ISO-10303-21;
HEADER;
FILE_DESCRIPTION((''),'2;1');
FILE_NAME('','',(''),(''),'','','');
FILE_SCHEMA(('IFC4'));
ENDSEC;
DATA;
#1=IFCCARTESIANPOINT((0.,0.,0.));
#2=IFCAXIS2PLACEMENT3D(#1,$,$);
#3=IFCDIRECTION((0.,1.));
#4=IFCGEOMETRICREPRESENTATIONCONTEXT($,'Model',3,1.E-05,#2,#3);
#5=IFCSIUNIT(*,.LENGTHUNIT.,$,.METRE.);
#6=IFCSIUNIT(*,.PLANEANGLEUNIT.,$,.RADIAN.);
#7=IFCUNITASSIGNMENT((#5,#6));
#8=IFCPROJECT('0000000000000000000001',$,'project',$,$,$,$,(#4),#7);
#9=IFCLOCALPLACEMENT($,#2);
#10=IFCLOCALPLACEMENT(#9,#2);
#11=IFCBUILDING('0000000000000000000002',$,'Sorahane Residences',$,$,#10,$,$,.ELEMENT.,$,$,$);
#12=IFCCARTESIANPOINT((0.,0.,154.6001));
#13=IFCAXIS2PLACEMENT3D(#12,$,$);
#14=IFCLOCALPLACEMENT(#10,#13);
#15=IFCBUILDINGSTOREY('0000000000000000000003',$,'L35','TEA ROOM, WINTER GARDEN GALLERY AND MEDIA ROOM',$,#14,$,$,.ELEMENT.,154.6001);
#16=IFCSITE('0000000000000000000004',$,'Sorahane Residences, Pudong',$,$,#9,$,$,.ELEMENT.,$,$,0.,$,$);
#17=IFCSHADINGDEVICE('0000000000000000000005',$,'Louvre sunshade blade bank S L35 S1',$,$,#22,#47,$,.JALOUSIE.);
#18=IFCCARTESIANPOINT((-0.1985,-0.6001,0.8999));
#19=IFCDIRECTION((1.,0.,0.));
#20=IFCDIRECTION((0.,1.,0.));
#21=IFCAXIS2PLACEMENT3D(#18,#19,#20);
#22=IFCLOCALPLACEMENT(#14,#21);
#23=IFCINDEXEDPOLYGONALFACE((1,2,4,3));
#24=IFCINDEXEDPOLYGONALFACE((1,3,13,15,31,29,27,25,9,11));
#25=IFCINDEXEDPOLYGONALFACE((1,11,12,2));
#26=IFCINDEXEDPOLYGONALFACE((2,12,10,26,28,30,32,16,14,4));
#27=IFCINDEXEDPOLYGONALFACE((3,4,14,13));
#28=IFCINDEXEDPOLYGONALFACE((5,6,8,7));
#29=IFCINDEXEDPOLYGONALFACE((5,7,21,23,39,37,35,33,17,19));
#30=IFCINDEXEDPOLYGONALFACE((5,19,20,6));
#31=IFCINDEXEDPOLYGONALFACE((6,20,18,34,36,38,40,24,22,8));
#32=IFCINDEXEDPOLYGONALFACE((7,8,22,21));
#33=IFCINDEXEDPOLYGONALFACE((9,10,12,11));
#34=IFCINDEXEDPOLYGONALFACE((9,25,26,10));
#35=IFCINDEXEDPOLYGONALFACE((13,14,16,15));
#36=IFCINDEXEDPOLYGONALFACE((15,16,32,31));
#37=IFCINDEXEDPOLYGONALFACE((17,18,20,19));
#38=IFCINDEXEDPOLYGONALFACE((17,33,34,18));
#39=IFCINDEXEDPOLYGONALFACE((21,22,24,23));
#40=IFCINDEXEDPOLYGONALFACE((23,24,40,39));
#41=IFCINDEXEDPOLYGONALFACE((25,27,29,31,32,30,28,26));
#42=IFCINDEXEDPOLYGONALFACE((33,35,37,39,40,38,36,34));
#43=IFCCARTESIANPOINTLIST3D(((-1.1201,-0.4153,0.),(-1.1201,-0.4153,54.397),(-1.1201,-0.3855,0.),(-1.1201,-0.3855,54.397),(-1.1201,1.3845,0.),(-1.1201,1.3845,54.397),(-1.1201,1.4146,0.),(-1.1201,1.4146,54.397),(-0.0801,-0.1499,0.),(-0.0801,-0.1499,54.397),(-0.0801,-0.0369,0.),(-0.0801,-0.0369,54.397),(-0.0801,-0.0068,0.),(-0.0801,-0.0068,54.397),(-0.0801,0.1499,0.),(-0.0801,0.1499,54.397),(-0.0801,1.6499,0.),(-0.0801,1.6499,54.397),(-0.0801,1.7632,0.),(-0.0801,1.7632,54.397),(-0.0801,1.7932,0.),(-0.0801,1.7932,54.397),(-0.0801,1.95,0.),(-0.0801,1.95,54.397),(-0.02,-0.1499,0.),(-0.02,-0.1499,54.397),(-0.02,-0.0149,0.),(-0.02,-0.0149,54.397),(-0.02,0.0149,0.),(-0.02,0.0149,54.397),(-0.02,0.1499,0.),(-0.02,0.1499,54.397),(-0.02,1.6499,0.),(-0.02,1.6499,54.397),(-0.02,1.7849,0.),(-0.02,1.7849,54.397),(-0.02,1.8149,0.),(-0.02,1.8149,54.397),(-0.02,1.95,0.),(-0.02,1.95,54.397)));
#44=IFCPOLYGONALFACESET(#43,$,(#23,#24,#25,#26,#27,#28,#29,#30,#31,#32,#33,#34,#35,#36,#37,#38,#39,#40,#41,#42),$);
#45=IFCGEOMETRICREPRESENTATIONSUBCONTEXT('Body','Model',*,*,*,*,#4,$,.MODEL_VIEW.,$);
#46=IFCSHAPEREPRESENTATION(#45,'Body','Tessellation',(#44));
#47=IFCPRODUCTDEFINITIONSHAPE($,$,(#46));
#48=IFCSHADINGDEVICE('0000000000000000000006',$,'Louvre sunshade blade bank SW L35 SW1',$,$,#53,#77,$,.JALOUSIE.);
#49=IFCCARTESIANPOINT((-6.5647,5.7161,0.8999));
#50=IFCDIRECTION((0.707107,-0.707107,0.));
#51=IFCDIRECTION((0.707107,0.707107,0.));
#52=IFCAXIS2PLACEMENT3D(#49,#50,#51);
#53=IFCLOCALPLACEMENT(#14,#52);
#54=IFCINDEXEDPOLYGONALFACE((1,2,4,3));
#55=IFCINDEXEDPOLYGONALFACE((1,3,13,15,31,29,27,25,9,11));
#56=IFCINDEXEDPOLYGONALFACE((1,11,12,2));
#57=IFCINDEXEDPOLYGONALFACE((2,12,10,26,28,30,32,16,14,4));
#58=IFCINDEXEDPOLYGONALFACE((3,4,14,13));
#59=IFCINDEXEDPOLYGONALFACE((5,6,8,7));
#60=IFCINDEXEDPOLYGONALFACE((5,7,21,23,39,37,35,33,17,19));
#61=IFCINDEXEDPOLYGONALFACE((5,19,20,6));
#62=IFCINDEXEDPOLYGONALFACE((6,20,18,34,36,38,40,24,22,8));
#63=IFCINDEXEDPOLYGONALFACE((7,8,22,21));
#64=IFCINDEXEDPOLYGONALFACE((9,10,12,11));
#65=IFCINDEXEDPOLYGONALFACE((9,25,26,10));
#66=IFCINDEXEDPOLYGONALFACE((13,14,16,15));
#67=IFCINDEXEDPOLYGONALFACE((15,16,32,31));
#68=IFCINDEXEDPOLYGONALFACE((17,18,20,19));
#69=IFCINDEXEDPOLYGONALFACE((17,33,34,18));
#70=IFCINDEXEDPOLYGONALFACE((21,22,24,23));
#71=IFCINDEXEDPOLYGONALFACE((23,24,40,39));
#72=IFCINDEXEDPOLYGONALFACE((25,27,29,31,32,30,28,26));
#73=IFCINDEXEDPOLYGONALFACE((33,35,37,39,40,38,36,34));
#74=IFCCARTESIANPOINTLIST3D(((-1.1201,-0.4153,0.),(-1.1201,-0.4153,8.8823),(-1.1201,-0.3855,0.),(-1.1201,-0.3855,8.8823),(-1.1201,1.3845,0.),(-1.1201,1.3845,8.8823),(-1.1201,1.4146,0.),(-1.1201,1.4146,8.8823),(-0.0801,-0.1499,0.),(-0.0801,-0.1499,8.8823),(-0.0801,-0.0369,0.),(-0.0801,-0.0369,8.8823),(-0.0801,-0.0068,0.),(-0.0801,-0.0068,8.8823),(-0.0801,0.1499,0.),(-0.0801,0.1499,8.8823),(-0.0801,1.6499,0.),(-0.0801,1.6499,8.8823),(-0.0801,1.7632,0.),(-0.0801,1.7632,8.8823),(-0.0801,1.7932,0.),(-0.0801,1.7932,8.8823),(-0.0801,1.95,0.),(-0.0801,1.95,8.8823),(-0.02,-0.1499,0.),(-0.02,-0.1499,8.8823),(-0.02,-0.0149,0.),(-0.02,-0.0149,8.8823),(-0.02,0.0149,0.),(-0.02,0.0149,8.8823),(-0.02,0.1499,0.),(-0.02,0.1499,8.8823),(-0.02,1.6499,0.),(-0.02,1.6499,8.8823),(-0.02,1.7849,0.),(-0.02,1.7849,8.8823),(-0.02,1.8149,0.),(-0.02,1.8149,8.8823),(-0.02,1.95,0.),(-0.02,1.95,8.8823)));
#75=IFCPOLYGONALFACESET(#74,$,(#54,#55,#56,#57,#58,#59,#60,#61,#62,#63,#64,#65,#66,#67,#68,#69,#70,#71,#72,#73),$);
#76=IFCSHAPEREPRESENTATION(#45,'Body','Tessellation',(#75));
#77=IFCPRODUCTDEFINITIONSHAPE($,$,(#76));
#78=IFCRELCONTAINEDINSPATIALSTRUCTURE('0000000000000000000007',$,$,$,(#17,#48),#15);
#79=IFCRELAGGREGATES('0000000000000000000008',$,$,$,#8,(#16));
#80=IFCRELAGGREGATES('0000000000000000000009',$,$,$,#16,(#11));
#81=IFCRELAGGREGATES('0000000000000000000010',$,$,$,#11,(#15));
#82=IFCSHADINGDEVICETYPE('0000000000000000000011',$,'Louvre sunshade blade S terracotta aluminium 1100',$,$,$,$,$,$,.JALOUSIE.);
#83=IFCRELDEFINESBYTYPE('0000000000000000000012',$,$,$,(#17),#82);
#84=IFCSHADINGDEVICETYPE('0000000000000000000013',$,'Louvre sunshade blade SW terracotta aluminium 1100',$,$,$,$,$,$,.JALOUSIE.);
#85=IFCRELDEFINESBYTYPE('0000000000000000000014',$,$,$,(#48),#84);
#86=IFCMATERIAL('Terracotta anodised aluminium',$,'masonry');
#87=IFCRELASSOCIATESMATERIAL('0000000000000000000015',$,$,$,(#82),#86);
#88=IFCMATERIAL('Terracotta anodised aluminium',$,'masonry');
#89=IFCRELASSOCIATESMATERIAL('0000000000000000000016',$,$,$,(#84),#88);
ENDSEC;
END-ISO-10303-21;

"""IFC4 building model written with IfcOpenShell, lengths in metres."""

from ifc_helpers import new_model, si_unit, direction, frame, origin, place, context, subcontext, project, spatial, polyline, outline, composite_profile, extrude, material, type_object, element, save


model = new_model("IFC4")

# Units and contexts
model_context = context("Model", 3, precision=1e-05, world=origin(), true_north=direction((0.0, 1.0)))
body_context = subcontext(model_context, "Body", "Model", "MODEL_VIEW")
ifc_project = project(units=[si_unit("LENGTHUNIT", "METRE"), si_unit("PLANEANGLEUNIT", "RADIAN")], contexts=[model_context])

# Site, building, storey
site_placement = place(None, origin())
site = spatial("IfcSite", under=ifc_project, at=site_placement, Name="Sorahane Residences, Pudong", CompositionType="ELEMENT", RefElevation=0.0)
building_placement = place(site_placement, origin())
building = spatial("IfcBuilding", under=site, at=building_placement, Name="Sorahane Residences", CompositionType="ELEMENT")
storey_placement = place(building_placement, frame((0.0, 0.0, 154.6001)))
storey = spatial("IfcBuildingStorey", under=building, at=storey_placement, Name="L35", Description="TEA ROOM, WINTER GARDEN GALLERY AND MEDIA ROOM", CompositionType="ELEMENT", Elevation=154.6001)

# Shading devices
ifc_material_1 = material(Name="Terracotta anodised aluminium", Category="masonry")
shading_device_type_1 = type_object("IfcShadingDeviceType", Name="Louvre sunshade blade S terracotta aluminium 1100", PredefinedType="JALOUSIE", material=ifc_material_1)
shading_device_1_placement = place(storey_placement, frame((-0.1985, -0.6001, 0.8999), z_axis=(1.0, 0.0, 0.0), x_axis=(0.0, 1.0, 0.0)))
element("IfcShadingDevice", 1, at=shading_device_1_placement, inside=storey, type_object=shading_device_type_1, Name="Louvre sunshade blade bank S L35 S1", PredefinedType="JALOUSIE", context=body_context, shape_type="SweptSolid", body=[
    extrude(composite_profile([outline(polyline([(-1.1201, -0.3855), (-1.1201, -0.4153), (-0.0801, -0.0369), (-0.0801, -0.1499), (-0.02, -0.1499), (-0.02, -0.0149), (-0.02, 0.0149), (-0.02, 0.1499), (-0.0801, 0.1499), (-0.0801, -0.0068), (-1.1201, -0.3855)])), outline(polyline([(-1.1201, 1.4146), (-1.1201, 1.3845), (-0.0801, 1.7632), (-0.0801, 1.6499), (-0.02, 1.6499), (-0.02, 1.7849), (-0.02, 1.8149), (-0.02, 1.95), (-0.0801, 1.95), (-0.0801, 1.7932), (-1.1201, 1.4146)]))]), origin(), (0.0, 0.0, 1.0), 54.397),
])
ifc_material_2 = material(Name="Terracotta anodised aluminium", Category="masonry")
shading_device_type_2 = type_object("IfcShadingDeviceType", Name="Louvre sunshade blade SW terracotta aluminium 1100", PredefinedType="JALOUSIE", material=ifc_material_2)
shading_device_2_placement = place(storey_placement, frame((-6.5647, 5.7161, 0.8999), z_axis=(0.707107, -0.707107, 0.0), x_axis=(0.707107, 0.707107, 0.0)))
element("IfcShadingDevice", 2, at=shading_device_2_placement, inside=storey, type_object=shading_device_type_2, Name="Louvre sunshade blade bank SW L35 SW1", PredefinedType="JALOUSIE", context=body_context, shape_type="SweptSolid", body=[
    extrude(composite_profile([outline(polyline([(-1.1201, -0.3855), (-1.1201, -0.4153), (-0.0801, -0.0369), (-0.0801, -0.1499), (-0.02, -0.1499), (-0.02, -0.0149), (-0.02, 0.0149), (-0.02, 0.1499), (-0.0801, 0.1499), (-0.0801, -0.0068), (-1.1201, -0.3855)])), outline(polyline([(-1.1201, 1.4146), (-1.1201, 1.3845), (-0.0801, 1.7632), (-0.0801, 1.6499), (-0.02, 1.6499), (-0.02, 1.7849), (-0.02, 1.8149), (-0.02, 1.95), (-0.0801, 1.95), (-0.0801, 1.7932), (-1.1201, 1.4146)]))]), origin(), (0.0, 0.0, 1.0), 8.8823),
])

save(model, "model.ifc")
